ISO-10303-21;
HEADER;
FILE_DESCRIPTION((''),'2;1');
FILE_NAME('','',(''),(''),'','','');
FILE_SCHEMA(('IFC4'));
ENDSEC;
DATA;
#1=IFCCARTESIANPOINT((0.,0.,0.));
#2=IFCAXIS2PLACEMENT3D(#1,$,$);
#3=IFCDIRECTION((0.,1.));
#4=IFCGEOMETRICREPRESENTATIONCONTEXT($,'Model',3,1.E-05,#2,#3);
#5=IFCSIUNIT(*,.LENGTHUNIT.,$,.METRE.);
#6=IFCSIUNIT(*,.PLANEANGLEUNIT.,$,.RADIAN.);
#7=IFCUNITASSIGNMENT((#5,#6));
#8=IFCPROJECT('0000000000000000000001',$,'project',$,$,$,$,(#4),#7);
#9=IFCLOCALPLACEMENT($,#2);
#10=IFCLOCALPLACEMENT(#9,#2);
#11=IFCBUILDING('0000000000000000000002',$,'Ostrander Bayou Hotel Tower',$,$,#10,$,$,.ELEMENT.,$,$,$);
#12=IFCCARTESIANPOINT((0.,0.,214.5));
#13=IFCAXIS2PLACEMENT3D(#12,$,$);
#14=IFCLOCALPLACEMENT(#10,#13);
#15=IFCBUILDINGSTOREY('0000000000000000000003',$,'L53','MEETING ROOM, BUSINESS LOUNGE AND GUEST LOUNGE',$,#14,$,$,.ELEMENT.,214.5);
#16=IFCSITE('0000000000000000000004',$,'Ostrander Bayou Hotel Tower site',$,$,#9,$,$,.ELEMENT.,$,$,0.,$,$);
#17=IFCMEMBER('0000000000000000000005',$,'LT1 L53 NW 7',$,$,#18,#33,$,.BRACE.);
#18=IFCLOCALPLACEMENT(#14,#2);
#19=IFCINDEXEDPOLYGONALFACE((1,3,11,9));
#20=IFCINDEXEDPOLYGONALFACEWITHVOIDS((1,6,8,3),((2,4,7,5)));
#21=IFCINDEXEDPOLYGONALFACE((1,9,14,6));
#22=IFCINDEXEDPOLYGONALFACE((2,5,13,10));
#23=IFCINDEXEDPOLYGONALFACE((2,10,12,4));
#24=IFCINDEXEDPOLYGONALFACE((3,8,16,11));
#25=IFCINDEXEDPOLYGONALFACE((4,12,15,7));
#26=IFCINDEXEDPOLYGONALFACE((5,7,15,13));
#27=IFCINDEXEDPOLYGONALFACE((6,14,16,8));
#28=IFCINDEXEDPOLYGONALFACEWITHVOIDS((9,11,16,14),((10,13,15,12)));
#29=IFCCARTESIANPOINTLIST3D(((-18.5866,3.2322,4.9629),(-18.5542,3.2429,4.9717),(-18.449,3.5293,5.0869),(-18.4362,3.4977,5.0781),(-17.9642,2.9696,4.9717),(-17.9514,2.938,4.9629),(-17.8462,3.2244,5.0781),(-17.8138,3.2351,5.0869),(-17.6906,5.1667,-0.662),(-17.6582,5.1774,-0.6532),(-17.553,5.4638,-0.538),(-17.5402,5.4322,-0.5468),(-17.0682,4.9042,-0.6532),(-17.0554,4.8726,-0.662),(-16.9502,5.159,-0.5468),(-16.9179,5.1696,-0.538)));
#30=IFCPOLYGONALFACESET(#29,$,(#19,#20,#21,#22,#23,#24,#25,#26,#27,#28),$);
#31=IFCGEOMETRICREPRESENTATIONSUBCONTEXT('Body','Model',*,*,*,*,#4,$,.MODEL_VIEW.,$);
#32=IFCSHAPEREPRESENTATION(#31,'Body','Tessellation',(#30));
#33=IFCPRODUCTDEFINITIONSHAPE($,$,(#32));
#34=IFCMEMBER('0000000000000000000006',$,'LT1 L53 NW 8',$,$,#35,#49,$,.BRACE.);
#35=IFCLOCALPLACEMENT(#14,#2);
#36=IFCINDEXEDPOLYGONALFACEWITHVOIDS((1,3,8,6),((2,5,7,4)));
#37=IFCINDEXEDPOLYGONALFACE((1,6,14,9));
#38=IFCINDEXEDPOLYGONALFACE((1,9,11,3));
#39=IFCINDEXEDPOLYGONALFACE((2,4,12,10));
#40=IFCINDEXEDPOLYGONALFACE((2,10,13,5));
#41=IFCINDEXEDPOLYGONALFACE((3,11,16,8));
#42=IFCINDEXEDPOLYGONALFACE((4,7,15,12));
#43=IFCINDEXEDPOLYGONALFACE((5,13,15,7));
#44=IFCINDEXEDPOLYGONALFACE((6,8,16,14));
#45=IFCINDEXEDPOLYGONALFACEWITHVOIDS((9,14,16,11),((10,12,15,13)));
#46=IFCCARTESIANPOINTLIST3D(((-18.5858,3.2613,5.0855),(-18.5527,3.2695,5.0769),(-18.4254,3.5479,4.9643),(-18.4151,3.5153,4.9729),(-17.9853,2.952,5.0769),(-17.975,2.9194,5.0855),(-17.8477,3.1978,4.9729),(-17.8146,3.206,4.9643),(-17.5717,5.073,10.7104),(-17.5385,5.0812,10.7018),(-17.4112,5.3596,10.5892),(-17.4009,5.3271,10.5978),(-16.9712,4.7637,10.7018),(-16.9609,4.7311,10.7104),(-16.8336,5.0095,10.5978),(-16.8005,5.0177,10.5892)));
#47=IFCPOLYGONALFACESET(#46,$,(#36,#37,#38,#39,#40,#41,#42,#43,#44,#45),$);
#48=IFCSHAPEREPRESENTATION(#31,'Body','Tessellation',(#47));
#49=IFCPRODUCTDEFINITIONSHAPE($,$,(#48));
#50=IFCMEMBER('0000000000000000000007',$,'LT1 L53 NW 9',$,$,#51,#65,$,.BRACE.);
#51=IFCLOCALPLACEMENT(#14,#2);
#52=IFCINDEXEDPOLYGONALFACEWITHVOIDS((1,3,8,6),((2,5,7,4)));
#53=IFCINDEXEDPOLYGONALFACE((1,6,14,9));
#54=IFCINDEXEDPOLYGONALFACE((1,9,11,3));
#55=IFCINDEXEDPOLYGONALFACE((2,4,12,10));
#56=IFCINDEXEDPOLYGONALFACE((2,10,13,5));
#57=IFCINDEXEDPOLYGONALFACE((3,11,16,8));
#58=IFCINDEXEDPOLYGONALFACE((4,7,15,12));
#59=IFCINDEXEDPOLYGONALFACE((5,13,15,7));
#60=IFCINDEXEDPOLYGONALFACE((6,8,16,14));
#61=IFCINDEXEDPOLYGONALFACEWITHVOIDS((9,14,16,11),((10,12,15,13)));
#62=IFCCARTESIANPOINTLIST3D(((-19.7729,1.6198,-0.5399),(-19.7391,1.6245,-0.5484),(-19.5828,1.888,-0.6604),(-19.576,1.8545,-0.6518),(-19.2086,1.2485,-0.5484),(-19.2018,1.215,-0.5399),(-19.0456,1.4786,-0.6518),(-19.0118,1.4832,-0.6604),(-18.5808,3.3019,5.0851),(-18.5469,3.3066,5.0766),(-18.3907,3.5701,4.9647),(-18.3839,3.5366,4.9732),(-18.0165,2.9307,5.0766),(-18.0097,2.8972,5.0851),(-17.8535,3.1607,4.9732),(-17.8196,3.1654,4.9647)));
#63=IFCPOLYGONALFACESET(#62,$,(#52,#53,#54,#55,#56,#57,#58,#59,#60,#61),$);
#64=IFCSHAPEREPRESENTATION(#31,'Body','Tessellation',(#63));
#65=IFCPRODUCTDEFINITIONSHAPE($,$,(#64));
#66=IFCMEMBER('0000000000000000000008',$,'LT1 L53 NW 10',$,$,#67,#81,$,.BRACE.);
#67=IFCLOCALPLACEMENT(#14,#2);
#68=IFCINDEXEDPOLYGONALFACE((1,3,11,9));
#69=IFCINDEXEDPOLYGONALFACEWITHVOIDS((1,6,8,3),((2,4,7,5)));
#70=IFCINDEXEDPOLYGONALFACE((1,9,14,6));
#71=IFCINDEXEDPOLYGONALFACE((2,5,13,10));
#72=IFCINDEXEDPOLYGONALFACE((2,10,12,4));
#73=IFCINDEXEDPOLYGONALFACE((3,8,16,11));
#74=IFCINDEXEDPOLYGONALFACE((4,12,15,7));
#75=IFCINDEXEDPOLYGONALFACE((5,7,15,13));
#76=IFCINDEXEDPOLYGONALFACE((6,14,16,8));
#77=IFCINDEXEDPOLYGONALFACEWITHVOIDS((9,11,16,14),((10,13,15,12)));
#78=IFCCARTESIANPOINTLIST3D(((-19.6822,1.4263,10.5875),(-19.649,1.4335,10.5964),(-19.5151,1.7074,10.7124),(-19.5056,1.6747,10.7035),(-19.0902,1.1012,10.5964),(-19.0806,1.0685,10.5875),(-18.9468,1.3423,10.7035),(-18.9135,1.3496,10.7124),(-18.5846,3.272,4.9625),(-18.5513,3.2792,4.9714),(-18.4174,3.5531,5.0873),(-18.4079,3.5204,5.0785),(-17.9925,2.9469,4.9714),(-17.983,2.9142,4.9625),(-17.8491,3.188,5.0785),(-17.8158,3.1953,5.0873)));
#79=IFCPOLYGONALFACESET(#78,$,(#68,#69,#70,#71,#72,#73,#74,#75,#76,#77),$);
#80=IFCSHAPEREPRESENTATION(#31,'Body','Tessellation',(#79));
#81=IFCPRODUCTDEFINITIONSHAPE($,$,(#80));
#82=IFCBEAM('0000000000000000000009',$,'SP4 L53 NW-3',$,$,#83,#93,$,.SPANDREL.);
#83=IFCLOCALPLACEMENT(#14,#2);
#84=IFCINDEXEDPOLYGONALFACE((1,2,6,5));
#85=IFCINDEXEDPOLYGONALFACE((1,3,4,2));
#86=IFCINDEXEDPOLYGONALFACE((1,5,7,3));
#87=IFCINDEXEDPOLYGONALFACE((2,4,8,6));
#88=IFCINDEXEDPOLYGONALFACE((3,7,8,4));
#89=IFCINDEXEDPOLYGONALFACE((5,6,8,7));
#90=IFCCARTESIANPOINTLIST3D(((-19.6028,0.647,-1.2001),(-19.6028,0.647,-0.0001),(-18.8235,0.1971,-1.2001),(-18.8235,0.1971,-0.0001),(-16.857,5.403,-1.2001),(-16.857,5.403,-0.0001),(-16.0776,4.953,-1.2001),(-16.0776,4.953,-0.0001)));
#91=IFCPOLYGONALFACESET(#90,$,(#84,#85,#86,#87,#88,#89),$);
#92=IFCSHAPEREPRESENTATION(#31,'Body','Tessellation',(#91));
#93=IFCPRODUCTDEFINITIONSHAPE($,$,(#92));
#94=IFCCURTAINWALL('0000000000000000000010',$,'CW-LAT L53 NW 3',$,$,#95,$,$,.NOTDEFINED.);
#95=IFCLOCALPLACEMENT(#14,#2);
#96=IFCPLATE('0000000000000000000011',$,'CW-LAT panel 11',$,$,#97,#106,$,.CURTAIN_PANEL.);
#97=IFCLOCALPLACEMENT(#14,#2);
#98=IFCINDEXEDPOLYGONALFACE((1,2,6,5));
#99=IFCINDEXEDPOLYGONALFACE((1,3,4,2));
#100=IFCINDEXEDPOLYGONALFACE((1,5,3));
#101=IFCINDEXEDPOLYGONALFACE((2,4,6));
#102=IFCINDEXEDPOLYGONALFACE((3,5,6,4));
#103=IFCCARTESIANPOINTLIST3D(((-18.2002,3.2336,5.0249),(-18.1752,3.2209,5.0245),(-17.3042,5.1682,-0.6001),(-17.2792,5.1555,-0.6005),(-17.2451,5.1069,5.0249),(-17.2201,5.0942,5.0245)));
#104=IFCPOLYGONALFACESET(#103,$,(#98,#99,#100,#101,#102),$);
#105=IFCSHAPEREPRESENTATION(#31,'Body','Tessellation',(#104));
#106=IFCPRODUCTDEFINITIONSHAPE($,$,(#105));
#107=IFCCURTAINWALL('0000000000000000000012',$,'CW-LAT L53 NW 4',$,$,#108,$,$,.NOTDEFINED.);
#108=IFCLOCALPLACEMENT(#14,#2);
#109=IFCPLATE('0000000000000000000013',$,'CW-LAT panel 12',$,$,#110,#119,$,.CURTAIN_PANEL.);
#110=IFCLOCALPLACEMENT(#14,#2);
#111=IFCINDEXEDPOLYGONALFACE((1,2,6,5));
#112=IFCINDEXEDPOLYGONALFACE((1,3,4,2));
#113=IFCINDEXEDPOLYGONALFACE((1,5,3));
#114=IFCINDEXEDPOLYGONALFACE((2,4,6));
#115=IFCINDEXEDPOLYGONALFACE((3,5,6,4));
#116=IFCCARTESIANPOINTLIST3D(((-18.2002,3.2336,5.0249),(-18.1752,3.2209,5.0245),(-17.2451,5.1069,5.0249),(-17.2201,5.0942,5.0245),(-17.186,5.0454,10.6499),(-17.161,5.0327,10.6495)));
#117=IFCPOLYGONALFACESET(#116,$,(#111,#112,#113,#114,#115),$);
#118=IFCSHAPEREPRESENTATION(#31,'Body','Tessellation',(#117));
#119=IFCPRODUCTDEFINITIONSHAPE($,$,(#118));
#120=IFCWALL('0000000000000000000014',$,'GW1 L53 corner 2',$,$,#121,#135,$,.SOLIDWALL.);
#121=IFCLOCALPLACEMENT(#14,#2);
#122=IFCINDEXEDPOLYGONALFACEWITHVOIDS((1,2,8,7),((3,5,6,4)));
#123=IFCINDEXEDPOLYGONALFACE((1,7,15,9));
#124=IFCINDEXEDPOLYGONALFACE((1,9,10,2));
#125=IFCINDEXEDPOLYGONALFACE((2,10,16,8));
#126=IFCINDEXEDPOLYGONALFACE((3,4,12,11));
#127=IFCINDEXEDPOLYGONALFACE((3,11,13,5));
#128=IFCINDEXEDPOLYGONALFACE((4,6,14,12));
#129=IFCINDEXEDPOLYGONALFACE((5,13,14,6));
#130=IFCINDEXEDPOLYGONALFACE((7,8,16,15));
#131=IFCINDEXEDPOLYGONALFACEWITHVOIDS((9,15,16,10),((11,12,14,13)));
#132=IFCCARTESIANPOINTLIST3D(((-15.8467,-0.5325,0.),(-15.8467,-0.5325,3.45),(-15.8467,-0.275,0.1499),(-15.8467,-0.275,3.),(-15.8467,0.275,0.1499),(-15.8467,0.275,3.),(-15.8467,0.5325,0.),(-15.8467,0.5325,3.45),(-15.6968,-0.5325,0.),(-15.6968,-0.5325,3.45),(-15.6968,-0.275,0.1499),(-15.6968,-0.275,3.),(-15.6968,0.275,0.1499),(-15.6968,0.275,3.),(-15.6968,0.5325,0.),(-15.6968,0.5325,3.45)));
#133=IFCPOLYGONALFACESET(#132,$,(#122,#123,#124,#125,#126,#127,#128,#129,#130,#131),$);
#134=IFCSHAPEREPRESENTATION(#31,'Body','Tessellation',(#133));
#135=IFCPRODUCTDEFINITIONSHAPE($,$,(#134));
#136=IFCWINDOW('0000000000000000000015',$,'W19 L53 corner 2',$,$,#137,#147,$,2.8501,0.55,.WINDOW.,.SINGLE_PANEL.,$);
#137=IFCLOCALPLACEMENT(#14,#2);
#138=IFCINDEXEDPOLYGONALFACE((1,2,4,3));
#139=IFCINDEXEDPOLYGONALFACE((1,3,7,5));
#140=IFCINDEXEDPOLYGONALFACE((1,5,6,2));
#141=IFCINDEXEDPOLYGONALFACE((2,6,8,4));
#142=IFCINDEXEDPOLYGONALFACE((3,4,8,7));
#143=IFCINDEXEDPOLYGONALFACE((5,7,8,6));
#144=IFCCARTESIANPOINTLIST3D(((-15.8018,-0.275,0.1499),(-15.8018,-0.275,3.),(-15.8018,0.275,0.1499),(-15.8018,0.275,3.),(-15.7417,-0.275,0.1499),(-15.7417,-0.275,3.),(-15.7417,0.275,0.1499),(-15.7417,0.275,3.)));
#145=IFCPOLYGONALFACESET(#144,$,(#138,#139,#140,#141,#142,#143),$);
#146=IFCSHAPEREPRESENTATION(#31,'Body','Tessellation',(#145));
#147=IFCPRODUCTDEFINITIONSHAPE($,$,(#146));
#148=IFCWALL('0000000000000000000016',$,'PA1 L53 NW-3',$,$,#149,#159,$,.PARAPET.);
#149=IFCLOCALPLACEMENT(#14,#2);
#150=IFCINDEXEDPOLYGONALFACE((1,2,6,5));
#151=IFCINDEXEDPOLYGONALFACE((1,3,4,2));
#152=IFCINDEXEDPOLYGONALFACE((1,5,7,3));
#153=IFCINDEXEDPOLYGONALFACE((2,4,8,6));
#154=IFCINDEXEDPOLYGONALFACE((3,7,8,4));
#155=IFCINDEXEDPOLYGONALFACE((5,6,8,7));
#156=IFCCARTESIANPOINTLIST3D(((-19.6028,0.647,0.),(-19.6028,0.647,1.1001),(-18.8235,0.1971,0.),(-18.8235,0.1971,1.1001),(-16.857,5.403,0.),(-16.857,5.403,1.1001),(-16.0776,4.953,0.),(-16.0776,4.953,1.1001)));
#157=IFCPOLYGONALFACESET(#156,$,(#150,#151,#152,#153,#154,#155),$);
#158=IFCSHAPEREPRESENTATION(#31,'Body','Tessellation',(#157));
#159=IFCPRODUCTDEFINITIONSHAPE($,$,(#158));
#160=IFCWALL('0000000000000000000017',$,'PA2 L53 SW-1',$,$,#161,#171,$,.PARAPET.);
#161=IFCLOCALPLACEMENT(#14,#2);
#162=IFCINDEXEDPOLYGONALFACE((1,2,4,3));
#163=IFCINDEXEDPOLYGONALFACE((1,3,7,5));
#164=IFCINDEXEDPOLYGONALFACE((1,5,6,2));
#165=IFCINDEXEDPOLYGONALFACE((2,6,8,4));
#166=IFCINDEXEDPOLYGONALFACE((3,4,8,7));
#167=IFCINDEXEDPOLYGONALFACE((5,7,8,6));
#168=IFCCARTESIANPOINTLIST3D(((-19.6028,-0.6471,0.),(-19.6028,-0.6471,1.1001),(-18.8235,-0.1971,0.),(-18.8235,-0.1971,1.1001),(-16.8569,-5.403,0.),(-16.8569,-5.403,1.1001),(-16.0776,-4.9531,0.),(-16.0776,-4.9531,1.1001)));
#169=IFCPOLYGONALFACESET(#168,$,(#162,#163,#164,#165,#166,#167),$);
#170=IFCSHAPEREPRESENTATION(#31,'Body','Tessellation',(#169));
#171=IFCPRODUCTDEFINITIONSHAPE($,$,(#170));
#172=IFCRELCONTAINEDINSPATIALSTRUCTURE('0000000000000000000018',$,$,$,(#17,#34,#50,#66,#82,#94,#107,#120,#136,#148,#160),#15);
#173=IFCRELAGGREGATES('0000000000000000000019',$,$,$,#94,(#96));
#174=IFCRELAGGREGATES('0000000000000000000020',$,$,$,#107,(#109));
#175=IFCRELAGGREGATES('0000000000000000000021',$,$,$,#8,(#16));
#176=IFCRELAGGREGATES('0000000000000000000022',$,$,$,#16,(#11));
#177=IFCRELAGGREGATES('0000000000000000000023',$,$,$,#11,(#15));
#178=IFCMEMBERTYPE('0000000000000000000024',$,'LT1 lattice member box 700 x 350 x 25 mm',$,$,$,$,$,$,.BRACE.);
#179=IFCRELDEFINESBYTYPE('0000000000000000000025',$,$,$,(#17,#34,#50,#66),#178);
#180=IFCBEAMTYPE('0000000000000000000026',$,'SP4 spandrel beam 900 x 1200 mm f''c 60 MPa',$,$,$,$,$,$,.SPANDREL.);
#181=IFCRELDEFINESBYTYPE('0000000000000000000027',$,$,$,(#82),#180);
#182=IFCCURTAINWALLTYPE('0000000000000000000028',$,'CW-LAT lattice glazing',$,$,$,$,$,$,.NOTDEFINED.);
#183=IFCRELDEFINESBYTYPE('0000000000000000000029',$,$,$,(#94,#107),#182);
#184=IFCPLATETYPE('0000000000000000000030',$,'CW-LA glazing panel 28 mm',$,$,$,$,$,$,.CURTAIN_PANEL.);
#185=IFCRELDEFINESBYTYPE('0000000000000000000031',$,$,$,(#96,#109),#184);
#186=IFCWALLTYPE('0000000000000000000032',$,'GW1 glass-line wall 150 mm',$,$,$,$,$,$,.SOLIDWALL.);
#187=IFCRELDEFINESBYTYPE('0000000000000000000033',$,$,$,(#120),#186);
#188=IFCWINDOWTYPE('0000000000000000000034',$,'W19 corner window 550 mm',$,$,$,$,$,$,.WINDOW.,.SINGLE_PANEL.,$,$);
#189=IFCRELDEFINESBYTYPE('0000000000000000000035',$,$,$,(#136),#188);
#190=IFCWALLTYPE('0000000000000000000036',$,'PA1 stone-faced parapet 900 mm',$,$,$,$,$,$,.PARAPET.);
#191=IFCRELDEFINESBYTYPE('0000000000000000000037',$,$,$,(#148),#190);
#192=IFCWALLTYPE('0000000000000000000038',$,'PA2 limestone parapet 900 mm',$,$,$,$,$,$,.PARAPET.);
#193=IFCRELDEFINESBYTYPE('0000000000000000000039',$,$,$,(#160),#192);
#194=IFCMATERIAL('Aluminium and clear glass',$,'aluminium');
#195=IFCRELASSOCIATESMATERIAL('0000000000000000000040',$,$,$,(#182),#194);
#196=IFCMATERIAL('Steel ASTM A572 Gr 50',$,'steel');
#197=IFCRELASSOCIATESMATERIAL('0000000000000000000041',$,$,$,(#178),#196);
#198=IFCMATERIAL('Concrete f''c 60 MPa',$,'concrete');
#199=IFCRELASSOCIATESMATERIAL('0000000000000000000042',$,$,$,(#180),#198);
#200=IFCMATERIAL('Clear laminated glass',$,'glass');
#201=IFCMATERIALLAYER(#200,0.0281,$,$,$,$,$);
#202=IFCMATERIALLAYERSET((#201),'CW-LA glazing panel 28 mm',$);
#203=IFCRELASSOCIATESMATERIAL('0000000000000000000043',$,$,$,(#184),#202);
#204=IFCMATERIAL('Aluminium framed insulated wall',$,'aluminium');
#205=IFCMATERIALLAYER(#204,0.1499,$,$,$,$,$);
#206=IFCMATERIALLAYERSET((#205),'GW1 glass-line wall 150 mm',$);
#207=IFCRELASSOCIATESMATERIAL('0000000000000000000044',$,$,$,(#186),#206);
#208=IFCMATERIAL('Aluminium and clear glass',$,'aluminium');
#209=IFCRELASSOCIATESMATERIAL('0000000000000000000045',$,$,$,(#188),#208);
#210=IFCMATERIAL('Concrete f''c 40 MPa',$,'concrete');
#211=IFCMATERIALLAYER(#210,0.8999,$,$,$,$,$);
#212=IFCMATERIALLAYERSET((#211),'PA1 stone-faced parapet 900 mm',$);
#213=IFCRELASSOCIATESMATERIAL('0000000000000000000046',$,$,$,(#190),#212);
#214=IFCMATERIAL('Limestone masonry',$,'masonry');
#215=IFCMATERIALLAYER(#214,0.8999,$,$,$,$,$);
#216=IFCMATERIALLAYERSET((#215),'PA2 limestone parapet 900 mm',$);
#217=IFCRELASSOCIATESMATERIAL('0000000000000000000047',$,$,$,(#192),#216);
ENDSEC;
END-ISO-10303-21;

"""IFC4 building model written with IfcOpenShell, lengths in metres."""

from ifc_helpers import new_model, si_unit, direction, frame, frame_2d, origin, origin_2d, place, context, subcontext, project, spatial, polyline, rectangle, hollow_rectangle, outline, extrude, material, layer, layer_set, material_profile, profile_set, type_object, element, fill, aggregate, save


model = new_model("IFC4")

# Units and contexts
model_context = context("Model", 3, precision=1e-05, world=origin(), true_north=direction((0.0, 1.0)))
body_context = subcontext(model_context, "Body", "Model", "MODEL_VIEW")
ifc_project = project(units=[si_unit("LENGTHUNIT", "METRE"), si_unit("PLANEANGLEUNIT", "RADIAN")], contexts=[model_context])

# Site, building, storey
site_placement = place(None, origin())
site = spatial("IfcSite", under=ifc_project, at=site_placement, Name="Ostrander Bayou Hotel Tower site", CompositionType="ELEMENT", RefElevation=0.0)
building_placement = place(site_placement, origin())
building = spatial("IfcBuilding", under=site, at=building_placement, Name="Ostrander Bayou Hotel Tower", CompositionType="ELEMENT")
storey_placement = place(building_placement, frame((0.0, 0.0, 214.5)))
storey = spatial("IfcBuildingStorey", under=building, at=storey_placement, Name="L53", Description="MEETING ROOM, BUSINESS LOUNGE AND GUEST LOUNGE", CompositionType="ELEMENT", Elevation=214.5)

# Shared definitions
ifc_material_1 = material(Name="Aluminium and clear glass", Category="aluminium")
curtain_wall_type = type_object("IfcCurtainWallType", Name="CW-LAT lattice glazing", PredefinedType="NOTDEFINED", material=ifc_material_1)

# Members
ifc_material_2 = material(Name="Steel ASTM A572 Gr 50", Category="steel")
ifc_material_profile_1 = material_profile(ifc_material_2, hollow_rectangle(XDim=0.7, YDim=0.3501, WallThickness=0.0249, at=origin_2d()))
ifc_profile_set_1 = profile_set([ifc_material_profile_1], Name="Steel ASTM A572 Gr 50")
member_type_1 = type_object("IfcMemberType", Name="LT1 lattice member box 700 x 350 x 25 mm", PredefinedType="BRACE", material=ifc_profile_set_1)
member_1_placement = place(storey_placement, frame((-18.2002, 3.2336, 5.0249), z_axis=(0.148948, 0.321599, -0.935088), x_axis=(-0.907402, 0.420263, 0.0)))
element("IfcMember", 1, at=member_1_placement, inside=storey, type_object=member_type_1, Name="LT1 L53 NW 7", PredefinedType="BRACE", context=body_context, shape_type="SweptSolid", body=[
    extrude(hollow_rectangle(XDim=0.7, YDim=0.3501, WallThickness=0.0249, at=origin_2d()), origin(), (0.0, 0.0, 1.0), 6.0154),
])
member_2_placement = place(storey_placement, frame((-18.2002, 3.2336, 5.0249), z_axis=(0.16914, 0.302164, 0.93813), x_axis=(-0.872594, 0.488446, 0.0)))
element("IfcMember", 2, at=member_2_placement, inside=storey, type_object=member_type_1, Name="LT1 L53 NW 8", PredefinedType="BRACE", context=body_context, shape_type="SweptSolid", body=[
    extrude(hollow_rectangle(XDim=0.7, YDim=0.3501, WallThickness=0.0249, at=origin_2d()), origin(), (0.0, 0.0, 1.0), 5.9958),
])
member_3_placement = place(storey_placement, frame((-18.2002, 3.2336, 5.0249), z_axis=(-0.19899, -0.280779, -0.938918), x_axis=(0.81588, -0.578221, 0.0)))
element("IfcMember", 3, at=member_3_placement, inside=storey, type_object=member_type_1, Name="LT1 L53 NW 9", PredefinedType="BRACE", context=body_context, shape_type="SweptSolid", body=[
    extrude(hollow_rectangle(XDim=0.7, YDim=0.3501, WallThickness=0.0249, at=origin_2d()), origin(), (0.0, 0.0, 1.0), 5.991),
])
member_4_placement = place(storey_placement, frame((-18.2002, 3.2336, 5.0249), z_axis=(-0.182306, -0.306546, 0.934235), x_axis=(0.859493, -0.511148, 0.0)))
element("IfcMember", 4, at=member_4_placement, inside=storey, type_object=member_type_1, Name="LT1 L53 NW 10", PredefinedType="BRACE", context=body_context, shape_type="SweptSolid", body=[
    extrude(hollow_rectangle(XDim=0.7, YDim=0.3501, WallThickness=0.0249, at=origin_2d()), origin(), (0.0, 0.0, 1.0), 6.021),
])

# Beam
ifc_material_3 = material(Name="Concrete f'c 60 MPa", Category="concrete")
ifc_material_profile_2 = material_profile(ifc_material_3, rectangle(XDim=0.8999, YDim=1.2, at=origin_2d()))
ifc_profile_set_2 = profile_set([ifc_material_profile_2], Name="Concrete f'c 60 MPa")
beam_type_1 = type_object("IfcBeamType", Name="SP4 spandrel beam 900 x 1200 mm f'c 60 MPa", PredefinedType="SPANDREL", material=ifc_profile_set_2)
beam_1_placement = place(storey_placement, frame((-16.4673, 5.178, -0.6001), z_axis=(-0.500007, -0.866021, 0.0), x_axis=(0.866021, -0.500007, 0.0)))
element("IfcBeam", 5, at=beam_1_placement, inside=storey, type_object=beam_type_1, Name="SP4 L53 NW-3", PredefinedType="SPANDREL", context=body_context, shape_type="SweptSolid", body=[
    extrude(rectangle(XDim=0.8999, YDim=1.2, at=origin_2d()), origin(), (0.0, 0.0, 1.0), 5.4917),
])

# Curtain walls, plates
curtain_wall_1_placement = place(storey_placement, origin())
curtain_wall_1 = element("IfcCurtainWall", 6, at=curtain_wall_1_placement, inside=storey, type_object=curtain_wall_type, Name="CW-LAT L53 NW 3", PredefinedType="NOTDEFINED")
ifc_material_4 = material(Name="Clear laminated glass", Category="glass")
ifc_layer_1 = layer(ifc_material_4, 0.0281)
ifc_layer_set_1 = layer_set([ifc_layer_1], Name="CW-LA glazing panel 28 mm")
plate_type = type_object("IfcPlateType", Name="CW-LA glazing panel 28 mm", PredefinedType="CURTAIN_PANEL", material=ifc_layer_set_1)
plate_1_placement = place(storey_placement, frame((-18.2002, 3.2336, 5.0249), z_axis=(-0.890802, 0.454166, 0.014304), x_axis=(0.148948, 0.321599, -0.935088)))
plate_1 = element("IfcPlate", 7, at=plate_1_placement, type_object=plate_type, Name="CW-LAT panel 11", PredefinedType="CURTAIN_PANEL", context=body_context, shape_type="SweptSolid", body=[
    extrude(outline(polyline([(0.0, 0.0), (6.0155, 0.0), (0.7447, -1.9664), (0.0, 0.0)])), origin(), (0.0, 0.0, -1.0), 0.0281),
])
aggregate(curtain_wall_1, [plate_1])
curtain_wall_2_placement = place(storey_placement, origin())
curtain_wall_2 = element("IfcCurtainWall", 8, at=curtain_wall_2_placement, inside=storey, type_object=curtain_wall_type, Name="CW-LAT L53 NW 4", PredefinedType="NOTDEFINED")
plate_2_placement = place(storey_placement, frame((-18.2002, 3.2336, 5.0249), z_axis=(-0.890802, 0.454166, 0.014324), x_axis=(0.16914, 0.302164, 0.93813)))
plate_2 = element("IfcPlate", 9, at=plate_2_placement, type_object=plate_type, Name="CW-LAT panel 12", PredefinedType="CURTAIN_PANEL", context=body_context, shape_type="SweptSolid", body=[
    extrude(outline(polyline([(0.0, 0.0), (5.996, 0.0), (0.7276, 1.9728), (0.0, 0.0)])), origin(), (0.0, 0.0, -1.0), 0.0281),
])
aggregate(curtain_wall_2, [plate_2])

# Wall, opening, window
ifc_material_5 = material(Name="Aluminium framed insulated wall", Category="aluminium")
ifc_layer_2 = layer(ifc_material_5, 0.1499)
ifc_layer_set_2 = layer_set([ifc_layer_2], Name="GW1 glass-line wall 150 mm")
wall_type_1 = type_object("IfcWallType", Name="GW1 glass-line wall 150 mm", PredefinedType="SOLIDWALL", material=ifc_layer_set_2)
wall_1_placement = place(storey_placement, frame((-15.7717, 0.5325, 0.0), z_axis=(0.0, 0.0, 1.0), x_axis=(0.0, -1.0, 0.0)))
wall_1 = element("IfcWall", 10, at=wall_1_placement, inside=storey, type_object=wall_type_1, Name="GW1 L53 corner 2", PredefinedType="SOLIDWALL", context=body_context, shape_type="SweptSolid", body=[
    extrude(rectangle(XDim=1.0649, YDim=0.1499, at=frame_2d((0.5325, 0.0))), origin(), (0.0, 0.0, 1.0), 3.45),
])
opening_placement = place(wall_1_placement, frame((0.2576, 0.0, 0.1499)))
opening = element("IfcOpeningElement", 11, at=opening_placement, cuts=wall_1, PredefinedType="OPENING", context=body_context, shape_type="SweptSolid", body=[
    extrude(rectangle(XDim=0.55, YDim=2.8501, at=frame_2d((0.2749, 1.425))), frame((0.0, 0.075, 0.0), z_axis=(0.0, -1.0, 0.0), x_axis=(1.0, 0.0, 0.0)), (0.0, 0.0, 1.0), 0.1499),
])
ifc_material_6 = material(Name="Aluminium and clear glass", Category="aluminium")
window_type = type_object("IfcWindowType", Name="W19 corner window 550 mm", PartitioningType="SINGLE_PANEL", PredefinedType="WINDOW", material=ifc_material_6)
window_placement = place(opening_placement, origin())
window = element("IfcWindow", 12, at=window_placement, inside=storey, type_object=window_type, Name="W19 L53 corner 2", OverallHeight=2.8501, OverallWidth=0.55, PartitioningType="SINGLE_PANEL", PredefinedType="WINDOW", context=body_context, shape_type="SweptSolid", body=[
    extrude(rectangle(XDim=0.55, YDim=2.8501, at=frame_2d((0.2749, 1.425))), frame((0.0, 0.03, 0.0), z_axis=(0.0, -1.0, 0.0), x_axis=(1.0, 0.0, 0.0)), (0.0, 0.0, 1.0), 0.0601),
])
fill(opening, window)

# Walls
ifc_material_7 = material(Name="Concrete f'c 40 MPa", Category="concrete")
ifc_layer_3 = layer(ifc_material_7, 0.8999)
ifc_layer_set_3 = layer_set([ifc_layer_3], Name="PA1 stone-faced parapet 900 mm")
wall_type_2 = type_object("IfcWallType", Name="PA1 stone-faced parapet 900 mm", PredefinedType="PARAPET", material=ifc_layer_set_3)
wall_2_placement = place(storey_placement, frame((-16.4673, 5.178, 0.0), z_axis=(0.0, 0.0, 1.0), x_axis=(-0.500007, -0.866021, 0.0)))
element("IfcWall", 13, at=wall_2_placement, inside=storey, type_object=wall_type_2, Name="PA1 L53 NW-3", PredefinedType="PARAPET", context=body_context, shape_type="SweptSolid", body=[
    extrude(rectangle(XDim=5.4917, YDim=0.8999, at=frame_2d((2.7458, 0.0))), origin(), (0.0, 0.0, 1.0), 1.1001),
])
ifc_material_8 = material(Name="Limestone masonry", Category="masonry")
ifc_layer_4 = layer(ifc_material_8, 0.8999)
ifc_layer_set_4 = layer_set([ifc_layer_4], Name="PA2 limestone parapet 900 mm")
wall_type_3 = type_object("IfcWallType", Name="PA2 limestone parapet 900 mm", PredefinedType="PARAPET", material=ifc_layer_set_4)
wall_3_placement = place(storey_placement, frame((-19.2131, -0.4221, 0.0), z_axis=(0.0, 0.0, 1.0), x_axis=(0.500007, -0.866021, 0.0)))
element("IfcWall", 14, at=wall_3_placement, inside=storey, type_object=wall_type_3, Name="PA2 L53 SW-1", PredefinedType="PARAPET", context=body_context, shape_type="SweptSolid", body=[
    extrude(rectangle(XDim=5.4917, YDim=0.8999, at=frame_2d((2.7458, 0.0))), origin(), (0.0, 0.0, 1.0), 1.1001),
])

save(model, "model.ifc")
